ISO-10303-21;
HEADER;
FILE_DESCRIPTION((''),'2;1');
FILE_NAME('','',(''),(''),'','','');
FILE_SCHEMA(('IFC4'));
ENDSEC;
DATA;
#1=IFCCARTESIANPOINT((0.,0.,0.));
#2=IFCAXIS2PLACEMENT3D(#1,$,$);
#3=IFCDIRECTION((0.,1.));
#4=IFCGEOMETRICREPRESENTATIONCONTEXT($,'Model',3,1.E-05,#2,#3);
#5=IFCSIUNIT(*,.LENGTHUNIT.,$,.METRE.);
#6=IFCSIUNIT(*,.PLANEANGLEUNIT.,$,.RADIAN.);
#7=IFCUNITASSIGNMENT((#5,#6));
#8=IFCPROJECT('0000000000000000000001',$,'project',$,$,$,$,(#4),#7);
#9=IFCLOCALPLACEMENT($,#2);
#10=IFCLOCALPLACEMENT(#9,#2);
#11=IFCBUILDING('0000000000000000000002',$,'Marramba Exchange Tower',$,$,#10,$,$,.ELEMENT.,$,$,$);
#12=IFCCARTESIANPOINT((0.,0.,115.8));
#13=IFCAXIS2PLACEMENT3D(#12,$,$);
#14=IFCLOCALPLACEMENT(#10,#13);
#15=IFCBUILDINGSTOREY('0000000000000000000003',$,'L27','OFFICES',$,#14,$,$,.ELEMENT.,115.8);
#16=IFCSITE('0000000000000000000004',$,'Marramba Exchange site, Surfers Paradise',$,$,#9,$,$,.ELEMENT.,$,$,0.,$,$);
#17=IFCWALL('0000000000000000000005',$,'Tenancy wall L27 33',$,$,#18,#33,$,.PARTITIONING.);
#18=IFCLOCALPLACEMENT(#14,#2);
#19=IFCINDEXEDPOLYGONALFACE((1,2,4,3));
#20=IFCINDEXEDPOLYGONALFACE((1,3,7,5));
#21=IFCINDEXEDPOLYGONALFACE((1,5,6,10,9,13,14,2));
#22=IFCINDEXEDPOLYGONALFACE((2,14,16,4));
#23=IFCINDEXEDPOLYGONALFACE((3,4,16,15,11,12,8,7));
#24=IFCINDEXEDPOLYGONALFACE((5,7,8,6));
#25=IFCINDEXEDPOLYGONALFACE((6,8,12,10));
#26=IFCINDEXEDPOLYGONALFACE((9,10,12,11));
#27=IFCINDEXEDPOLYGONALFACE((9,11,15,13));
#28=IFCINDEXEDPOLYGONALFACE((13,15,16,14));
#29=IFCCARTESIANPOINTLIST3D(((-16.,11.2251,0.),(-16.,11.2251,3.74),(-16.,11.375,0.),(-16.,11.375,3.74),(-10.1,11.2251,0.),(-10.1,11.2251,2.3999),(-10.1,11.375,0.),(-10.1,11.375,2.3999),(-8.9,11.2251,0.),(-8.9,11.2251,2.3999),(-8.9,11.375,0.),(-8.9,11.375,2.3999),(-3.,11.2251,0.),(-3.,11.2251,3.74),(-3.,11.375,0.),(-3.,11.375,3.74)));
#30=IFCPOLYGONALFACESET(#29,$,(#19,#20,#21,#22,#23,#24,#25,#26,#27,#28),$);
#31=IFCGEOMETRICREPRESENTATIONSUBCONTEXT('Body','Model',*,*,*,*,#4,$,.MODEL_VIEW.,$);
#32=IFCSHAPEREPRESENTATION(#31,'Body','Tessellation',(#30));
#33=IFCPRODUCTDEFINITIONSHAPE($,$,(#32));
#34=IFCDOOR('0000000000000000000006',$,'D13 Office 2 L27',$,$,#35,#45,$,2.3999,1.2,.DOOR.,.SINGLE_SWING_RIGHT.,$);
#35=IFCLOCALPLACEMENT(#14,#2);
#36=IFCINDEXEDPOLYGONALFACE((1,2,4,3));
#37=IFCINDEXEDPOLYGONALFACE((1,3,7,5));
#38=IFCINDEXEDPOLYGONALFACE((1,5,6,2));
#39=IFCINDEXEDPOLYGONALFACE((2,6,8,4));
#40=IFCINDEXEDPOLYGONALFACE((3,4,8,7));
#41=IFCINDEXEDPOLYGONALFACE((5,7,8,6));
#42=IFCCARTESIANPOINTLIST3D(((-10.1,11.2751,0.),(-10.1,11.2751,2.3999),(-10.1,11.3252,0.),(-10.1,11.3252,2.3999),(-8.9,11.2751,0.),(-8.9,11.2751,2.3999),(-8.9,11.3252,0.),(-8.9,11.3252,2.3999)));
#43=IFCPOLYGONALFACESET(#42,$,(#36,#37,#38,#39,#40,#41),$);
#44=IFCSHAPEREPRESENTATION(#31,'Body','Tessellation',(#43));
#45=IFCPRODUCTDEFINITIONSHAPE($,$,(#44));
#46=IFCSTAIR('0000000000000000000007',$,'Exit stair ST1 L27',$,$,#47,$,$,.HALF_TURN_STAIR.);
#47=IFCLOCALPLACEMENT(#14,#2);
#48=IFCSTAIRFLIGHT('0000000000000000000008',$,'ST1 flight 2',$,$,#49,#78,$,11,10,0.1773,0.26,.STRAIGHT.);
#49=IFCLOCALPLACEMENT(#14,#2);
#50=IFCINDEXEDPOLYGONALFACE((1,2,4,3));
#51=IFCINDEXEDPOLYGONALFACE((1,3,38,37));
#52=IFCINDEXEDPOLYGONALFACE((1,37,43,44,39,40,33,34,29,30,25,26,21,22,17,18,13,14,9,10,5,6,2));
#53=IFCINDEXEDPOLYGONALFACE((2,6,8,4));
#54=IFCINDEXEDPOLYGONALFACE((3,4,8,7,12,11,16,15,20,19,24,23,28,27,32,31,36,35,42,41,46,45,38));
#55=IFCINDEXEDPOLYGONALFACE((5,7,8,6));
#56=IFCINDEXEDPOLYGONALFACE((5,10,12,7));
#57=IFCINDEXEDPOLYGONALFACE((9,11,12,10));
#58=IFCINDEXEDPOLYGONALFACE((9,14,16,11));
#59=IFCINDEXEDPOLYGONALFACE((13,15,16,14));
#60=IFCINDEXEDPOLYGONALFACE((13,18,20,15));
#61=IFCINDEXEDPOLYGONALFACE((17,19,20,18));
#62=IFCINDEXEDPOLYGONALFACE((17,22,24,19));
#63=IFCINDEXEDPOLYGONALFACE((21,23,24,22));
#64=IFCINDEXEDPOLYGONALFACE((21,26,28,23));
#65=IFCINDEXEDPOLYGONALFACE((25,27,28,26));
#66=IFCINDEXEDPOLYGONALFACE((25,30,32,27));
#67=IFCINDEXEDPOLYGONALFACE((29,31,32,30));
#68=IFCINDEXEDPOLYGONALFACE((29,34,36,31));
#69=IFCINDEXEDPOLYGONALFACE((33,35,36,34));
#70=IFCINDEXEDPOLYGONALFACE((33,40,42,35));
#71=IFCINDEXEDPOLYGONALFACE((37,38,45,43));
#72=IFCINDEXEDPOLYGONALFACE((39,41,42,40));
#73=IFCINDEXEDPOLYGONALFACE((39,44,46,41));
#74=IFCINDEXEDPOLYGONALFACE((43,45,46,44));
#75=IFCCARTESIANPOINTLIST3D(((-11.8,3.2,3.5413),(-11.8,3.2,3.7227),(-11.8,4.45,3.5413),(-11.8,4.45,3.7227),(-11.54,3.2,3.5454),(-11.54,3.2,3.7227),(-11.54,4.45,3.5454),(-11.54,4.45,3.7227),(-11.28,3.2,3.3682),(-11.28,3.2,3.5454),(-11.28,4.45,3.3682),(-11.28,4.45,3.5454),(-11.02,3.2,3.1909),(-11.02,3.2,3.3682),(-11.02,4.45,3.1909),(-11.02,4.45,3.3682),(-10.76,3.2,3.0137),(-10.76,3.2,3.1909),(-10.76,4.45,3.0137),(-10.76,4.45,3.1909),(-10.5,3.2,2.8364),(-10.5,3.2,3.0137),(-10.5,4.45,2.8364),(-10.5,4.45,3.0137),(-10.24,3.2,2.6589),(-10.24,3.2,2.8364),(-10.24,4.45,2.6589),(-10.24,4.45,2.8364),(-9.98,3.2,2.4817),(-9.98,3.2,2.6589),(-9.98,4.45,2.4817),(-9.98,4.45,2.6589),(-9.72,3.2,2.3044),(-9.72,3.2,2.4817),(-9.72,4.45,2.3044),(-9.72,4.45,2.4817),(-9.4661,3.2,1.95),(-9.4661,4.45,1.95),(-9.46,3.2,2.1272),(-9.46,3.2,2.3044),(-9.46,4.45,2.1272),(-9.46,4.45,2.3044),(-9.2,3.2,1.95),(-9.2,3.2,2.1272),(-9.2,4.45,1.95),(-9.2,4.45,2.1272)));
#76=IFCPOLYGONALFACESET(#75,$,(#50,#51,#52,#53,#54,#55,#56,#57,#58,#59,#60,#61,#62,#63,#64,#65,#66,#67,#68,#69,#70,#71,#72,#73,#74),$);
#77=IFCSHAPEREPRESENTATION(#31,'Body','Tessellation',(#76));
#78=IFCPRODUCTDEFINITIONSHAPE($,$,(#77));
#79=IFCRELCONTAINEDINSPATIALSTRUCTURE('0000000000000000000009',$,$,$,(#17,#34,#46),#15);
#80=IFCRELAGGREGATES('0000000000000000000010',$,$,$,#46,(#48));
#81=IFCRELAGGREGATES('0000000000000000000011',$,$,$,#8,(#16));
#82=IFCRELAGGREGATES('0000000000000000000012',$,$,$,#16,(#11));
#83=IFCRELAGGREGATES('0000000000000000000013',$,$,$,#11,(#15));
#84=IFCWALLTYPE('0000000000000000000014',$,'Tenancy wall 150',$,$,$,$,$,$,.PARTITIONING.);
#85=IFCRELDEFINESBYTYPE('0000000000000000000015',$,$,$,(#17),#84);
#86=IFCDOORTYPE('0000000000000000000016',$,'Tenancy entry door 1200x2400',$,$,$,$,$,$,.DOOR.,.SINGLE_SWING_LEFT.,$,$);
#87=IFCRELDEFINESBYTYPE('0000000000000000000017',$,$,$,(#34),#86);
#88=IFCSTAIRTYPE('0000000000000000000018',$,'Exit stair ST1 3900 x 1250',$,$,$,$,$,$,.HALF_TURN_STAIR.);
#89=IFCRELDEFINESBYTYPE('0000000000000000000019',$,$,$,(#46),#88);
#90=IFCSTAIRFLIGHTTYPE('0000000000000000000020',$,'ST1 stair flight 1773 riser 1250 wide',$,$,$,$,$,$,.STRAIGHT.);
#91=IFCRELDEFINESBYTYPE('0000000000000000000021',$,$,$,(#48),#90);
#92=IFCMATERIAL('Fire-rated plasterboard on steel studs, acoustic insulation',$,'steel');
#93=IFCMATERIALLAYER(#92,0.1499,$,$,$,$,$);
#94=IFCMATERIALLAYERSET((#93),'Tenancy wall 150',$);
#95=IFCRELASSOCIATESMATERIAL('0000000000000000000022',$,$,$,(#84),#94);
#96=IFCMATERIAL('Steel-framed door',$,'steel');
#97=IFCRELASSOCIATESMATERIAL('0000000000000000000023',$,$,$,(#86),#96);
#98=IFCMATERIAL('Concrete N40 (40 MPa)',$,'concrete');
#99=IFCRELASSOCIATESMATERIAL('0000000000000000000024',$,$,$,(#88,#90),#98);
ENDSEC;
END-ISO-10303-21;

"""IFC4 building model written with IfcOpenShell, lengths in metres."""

from ifc_helpers import new_model, si_unit, direction, frame, frame_2d, origin, place, context, subcontext, project, spatial, polyline, rectangle, outline, extrude, material, layer, layer_set, type_object, element, fill, aggregate, save


model = new_model("IFC4")

# Units and contexts
model_context = context("Model", 3, precision=1e-05, world=origin(), true_north=direction((0.0, 1.0)))
body_context = subcontext(model_context, "Body", "Model", "MODEL_VIEW")
ifc_project = project(units=[si_unit("LENGTHUNIT", "METRE"), si_unit("PLANEANGLEUNIT", "RADIAN")], contexts=[model_context])

# Site, building, storey
site_placement = place(None, origin())
site = spatial("IfcSite", under=ifc_project, at=site_placement, Name="Marramba Exchange site, Surfers Paradise", CompositionType="ELEMENT", RefElevation=0.0)
building_placement = place(site_placement, origin())
building = spatial("IfcBuilding", under=site, at=building_placement, Name="Marramba Exchange Tower", CompositionType="ELEMENT")
storey_placement = place(building_placement, frame((0.0, 0.0, 115.8)))
storey = spatial("IfcBuildingStorey", under=building, at=storey_placement, Name="L27", Description="OFFICES", CompositionType="ELEMENT", Elevation=115.8)

# Wall, opening, door
ifc_material_1 = material(Name="Fire-rated plasterboard on steel studs, acoustic insulation", Category="steel")
ifc_layer_1 = layer(ifc_material_1, 0.1499)
ifc_layer_set_1 = layer_set([ifc_layer_1], Name="Tenancy wall 150")
wall_type_1 = type_object("IfcWallType", Name="Tenancy wall 150", PredefinedType="PARTITIONING", material=ifc_layer_set_1)
wall_1_placement = place(storey_placement, frame((-3.0, 11.3, 0.0), z_axis=(0.0, 0.0, 1.0), x_axis=(-1.0, 0.0, 0.0)))
wall_1 = element("IfcWall", 1, at=wall_1_placement, inside=storey, type_object=wall_type_1, Name="Tenancy wall L27 33", PredefinedType="PARTITIONING", context=body_context, shape_type="SweptSolid", body=[
    extrude(rectangle(XDim=13.0, YDim=0.1499, at=frame_2d((6.5, 0.0))), origin(), (0.0, 0.0, 1.0), 3.74),
])
opening_1_placement = place(wall_1_placement, frame((5.8999, 0.0, 0.0)))
opening_1 = element("IfcOpeningElement", 2, at=opening_1_placement, cuts=wall_1, PredefinedType="OPENING", context=body_context, shape_type="SweptSolid", body=[
    extrude(rectangle(XDim=1.2, YDim=2.3999, at=frame_2d((0.6001, 1.2))), frame((0.0, 0.085, 0.0), z_axis=(0.0, -1.0, 0.0), x_axis=(1.0, 0.0, 0.0)), (0.0, 0.0, 1.0), 0.1699),
])
ifc_material_2 = material(Name="Steel-framed door", Category="steel")
door_type_1 = type_object("IfcDoorType", Name="Tenancy entry door 1200x2400", OperationType="SINGLE_SWING_LEFT", PredefinedType="DOOR", material=ifc_material_2)
door_1_placement = place(opening_1_placement, origin())
door_1 = element("IfcDoor", 3, at=door_1_placement, inside=storey, type_object=door_type_1, Name="D13 Office 2 L27", OperationType="SINGLE_SWING_RIGHT", OverallHeight=2.3999, OverallWidth=1.2, PredefinedType="DOOR", context=body_context, shape_type="SweptSolid", body=[
    extrude(rectangle(XDim=1.2, YDim=2.3999, at=frame_2d((0.6001, 1.2))), frame((0.0, 0.0249, 0.0), z_axis=(0.0, -1.0, 0.0), x_axis=(1.0, 0.0, 0.0)), (0.0, 0.0, 1.0), 0.05),
])
fill(opening_1, door_1)

# Stair, stair flight
ifc_material_3 = material(Name="Concrete N40 (40 MPa)", Category="concrete")
stair_type = type_object("IfcStairType", Name="Exit stair ST1 3900 x 1250", PredefinedType="HALF_TURN_STAIR", material=ifc_material_3)
stair_placement = place(storey_placement, origin())
stair = element("IfcStair", 4, at=stair_placement, inside=storey, type_object=stair_type, Name="Exit stair ST1 L27", PredefinedType="HALF_TURN_STAIR")
stair_flight_type = type_object("IfcStairFlightType", Name="ST1 stair flight 1773 riser 1250 wide", PredefinedType="STRAIGHT", material=ifc_material_3)
stair_flight_placement = place(storey_placement, frame((-9.2, 3.825, 1.95), z_axis=(0.0, 0.0, 1.0), x_axis=(-1.0, 0.0, 0.0)))
stair_flight = element("IfcStairFlight", 5, at=stair_flight_placement, type_object=stair_flight_type, Name="ST1 flight 2", NumberOfRisers=11, NumberOfTreads=10, PredefinedType="STRAIGHT", RiserHeight=0.1773, TreadLength=0.26, context=body_context, shape_type="SweptSolid", body=[
    extrude(outline(polyline([(0.0, 0.0), (0.0, 0.1772), (0.26, 0.1772), (0.26, 0.3545), (0.52, 0.3545), (0.52, 0.5317), (0.78, 0.5317), (0.78, 0.709), (1.04, 0.709), (1.04, 0.8865), (1.3, 0.8865), (1.3, 1.0637), (1.5601, 1.0637), (1.5601, 1.241), (1.8201, 1.241), (1.8201, 1.4182), (2.0801, 1.4182), (2.0801, 1.5955), (2.3401, 1.5955), (2.3401, 1.7727), (2.6001, 1.7727), (2.6001, 1.95), (2.6001, 1.5913), (0.2661, 0.0), (0.0, 0.0)])), frame((0.0, 0.625, 0.0), z_axis=(0.0, -1.0, 0.0), x_axis=(1.0, 0.0, 0.0)), (0.0, 0.0, 1.0), 1.25),
])
aggregate(stair, [stair_flight])

save(model, "model.ifc")
